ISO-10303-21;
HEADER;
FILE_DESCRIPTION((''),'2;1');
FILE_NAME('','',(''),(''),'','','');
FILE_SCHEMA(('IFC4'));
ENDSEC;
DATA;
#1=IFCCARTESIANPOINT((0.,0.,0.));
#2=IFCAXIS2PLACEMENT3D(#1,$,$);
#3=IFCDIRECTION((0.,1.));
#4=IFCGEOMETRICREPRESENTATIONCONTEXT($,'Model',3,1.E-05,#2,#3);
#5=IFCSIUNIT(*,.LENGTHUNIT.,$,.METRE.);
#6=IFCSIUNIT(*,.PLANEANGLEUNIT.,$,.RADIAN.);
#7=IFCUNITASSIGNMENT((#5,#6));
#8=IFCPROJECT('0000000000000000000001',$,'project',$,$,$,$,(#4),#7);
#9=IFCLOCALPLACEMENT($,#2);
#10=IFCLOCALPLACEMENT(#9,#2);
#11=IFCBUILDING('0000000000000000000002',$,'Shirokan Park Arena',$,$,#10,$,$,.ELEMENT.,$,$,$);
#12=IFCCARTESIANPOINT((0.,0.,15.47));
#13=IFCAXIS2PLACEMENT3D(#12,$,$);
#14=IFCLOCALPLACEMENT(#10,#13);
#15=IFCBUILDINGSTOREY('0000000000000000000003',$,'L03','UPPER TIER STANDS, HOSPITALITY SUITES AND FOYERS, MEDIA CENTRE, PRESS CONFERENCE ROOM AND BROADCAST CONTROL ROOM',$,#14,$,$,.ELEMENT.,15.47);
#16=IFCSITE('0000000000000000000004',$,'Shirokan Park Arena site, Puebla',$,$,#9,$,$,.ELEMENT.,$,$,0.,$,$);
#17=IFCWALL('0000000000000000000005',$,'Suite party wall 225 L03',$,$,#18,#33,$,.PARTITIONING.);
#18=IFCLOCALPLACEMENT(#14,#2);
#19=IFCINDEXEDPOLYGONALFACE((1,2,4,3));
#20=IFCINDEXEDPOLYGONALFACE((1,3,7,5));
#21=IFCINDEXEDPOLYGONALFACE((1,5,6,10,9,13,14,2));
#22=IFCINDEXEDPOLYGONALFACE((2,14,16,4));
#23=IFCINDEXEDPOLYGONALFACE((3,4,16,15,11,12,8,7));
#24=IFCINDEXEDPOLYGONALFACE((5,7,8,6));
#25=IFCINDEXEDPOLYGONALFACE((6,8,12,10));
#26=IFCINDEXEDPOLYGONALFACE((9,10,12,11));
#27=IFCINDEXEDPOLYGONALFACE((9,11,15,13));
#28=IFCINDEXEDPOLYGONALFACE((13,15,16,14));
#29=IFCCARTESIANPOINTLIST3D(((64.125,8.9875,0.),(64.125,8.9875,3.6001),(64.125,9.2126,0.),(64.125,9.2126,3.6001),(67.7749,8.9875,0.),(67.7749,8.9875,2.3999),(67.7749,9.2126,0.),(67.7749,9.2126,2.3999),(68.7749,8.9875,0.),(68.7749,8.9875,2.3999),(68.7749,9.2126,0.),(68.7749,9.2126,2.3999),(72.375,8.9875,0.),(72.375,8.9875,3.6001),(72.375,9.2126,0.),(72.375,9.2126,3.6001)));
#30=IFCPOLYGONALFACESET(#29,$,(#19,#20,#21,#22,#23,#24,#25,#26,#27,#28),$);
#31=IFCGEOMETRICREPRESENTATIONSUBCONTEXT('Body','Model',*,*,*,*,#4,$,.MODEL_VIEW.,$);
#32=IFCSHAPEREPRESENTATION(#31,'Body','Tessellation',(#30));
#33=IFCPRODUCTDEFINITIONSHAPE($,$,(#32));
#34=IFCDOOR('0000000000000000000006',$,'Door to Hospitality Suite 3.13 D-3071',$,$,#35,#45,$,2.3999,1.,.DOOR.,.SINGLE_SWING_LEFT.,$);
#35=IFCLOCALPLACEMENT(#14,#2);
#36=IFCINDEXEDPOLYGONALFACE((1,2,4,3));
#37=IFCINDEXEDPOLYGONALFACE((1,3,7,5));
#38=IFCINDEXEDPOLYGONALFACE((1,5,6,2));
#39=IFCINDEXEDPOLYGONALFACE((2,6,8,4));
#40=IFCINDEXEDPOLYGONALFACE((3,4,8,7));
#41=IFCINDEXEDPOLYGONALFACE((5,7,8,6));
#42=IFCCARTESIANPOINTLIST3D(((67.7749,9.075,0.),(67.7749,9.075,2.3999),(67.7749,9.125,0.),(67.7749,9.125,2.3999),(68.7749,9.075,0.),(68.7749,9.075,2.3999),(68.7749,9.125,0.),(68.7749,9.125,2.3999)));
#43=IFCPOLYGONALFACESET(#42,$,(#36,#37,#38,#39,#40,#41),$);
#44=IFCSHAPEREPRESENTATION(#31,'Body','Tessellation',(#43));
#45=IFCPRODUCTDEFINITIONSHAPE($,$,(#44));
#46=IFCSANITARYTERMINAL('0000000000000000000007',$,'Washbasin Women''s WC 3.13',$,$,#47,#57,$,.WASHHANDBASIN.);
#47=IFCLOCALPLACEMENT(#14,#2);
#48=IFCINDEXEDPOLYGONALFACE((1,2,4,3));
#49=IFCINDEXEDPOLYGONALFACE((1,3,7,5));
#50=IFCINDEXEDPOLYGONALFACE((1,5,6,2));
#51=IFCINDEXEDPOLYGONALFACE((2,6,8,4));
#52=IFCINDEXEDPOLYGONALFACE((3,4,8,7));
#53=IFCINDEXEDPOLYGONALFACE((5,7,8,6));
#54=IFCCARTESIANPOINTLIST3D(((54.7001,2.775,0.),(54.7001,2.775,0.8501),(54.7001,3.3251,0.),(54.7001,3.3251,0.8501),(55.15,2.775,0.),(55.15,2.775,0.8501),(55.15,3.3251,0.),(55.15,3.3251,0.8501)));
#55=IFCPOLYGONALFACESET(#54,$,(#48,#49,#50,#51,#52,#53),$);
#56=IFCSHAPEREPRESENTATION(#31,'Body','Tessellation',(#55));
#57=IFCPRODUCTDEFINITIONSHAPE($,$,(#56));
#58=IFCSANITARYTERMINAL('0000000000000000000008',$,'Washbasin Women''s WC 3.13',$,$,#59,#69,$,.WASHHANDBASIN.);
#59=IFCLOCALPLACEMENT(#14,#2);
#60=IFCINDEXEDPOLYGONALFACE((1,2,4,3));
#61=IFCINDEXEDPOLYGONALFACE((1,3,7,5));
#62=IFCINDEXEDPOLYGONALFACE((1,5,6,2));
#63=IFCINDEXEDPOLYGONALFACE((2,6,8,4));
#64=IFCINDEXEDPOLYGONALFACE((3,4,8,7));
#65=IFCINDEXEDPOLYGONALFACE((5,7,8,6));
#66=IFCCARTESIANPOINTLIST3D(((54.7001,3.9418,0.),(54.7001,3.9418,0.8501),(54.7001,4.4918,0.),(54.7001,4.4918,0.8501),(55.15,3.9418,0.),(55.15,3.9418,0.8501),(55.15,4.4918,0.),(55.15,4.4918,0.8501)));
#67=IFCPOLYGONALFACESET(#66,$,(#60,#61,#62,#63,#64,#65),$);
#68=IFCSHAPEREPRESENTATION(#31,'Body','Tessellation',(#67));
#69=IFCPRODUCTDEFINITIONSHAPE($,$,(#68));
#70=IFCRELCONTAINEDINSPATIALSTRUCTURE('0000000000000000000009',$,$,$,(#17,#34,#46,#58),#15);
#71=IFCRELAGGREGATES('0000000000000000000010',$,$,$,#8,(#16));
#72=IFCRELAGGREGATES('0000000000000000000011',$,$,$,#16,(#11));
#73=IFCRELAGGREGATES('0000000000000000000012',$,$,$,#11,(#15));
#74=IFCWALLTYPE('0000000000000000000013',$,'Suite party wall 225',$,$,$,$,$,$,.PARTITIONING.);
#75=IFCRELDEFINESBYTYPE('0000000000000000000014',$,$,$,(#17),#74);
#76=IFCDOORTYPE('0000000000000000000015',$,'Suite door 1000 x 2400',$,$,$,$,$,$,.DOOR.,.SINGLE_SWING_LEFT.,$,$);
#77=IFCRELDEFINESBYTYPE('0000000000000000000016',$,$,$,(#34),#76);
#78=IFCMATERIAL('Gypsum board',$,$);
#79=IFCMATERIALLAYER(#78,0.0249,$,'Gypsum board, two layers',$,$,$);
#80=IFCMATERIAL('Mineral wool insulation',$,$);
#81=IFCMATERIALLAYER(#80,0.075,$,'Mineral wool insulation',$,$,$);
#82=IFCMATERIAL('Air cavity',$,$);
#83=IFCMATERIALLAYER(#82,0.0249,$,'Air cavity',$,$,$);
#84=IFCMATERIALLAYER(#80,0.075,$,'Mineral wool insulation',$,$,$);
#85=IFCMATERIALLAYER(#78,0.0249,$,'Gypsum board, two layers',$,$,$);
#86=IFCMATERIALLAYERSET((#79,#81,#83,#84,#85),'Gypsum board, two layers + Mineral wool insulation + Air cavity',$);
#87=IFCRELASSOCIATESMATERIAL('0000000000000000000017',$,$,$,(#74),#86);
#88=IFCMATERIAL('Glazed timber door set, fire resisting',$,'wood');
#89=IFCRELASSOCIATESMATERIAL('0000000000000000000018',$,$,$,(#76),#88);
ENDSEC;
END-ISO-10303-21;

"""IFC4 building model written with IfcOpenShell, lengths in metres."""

from ifc_helpers import new_model, si_unit, direction, frame, frame_2d, origin, origin_2d, place, context, subcontext, project, spatial, rectangle, extrude, material, layer, layer_set, type_object, element, fill, save


model = new_model("IFC4")

# Units and contexts
model_context = context("Model", 3, precision=1e-05, world=origin(), true_north=direction((0.0, 1.0)))
body_context = subcontext(model_context, "Body", "Model", "MODEL_VIEW")
ifc_project = project(units=[si_unit("LENGTHUNIT", "METRE"), si_unit("PLANEANGLEUNIT", "RADIAN")], contexts=[model_context])

# Site, building, storey
site_placement = place(None, origin())
site = spatial("IfcSite", under=ifc_project, at=site_placement, Name="Shirokan Park Arena site, Puebla", CompositionType="ELEMENT", RefElevation=0.0)
building_placement = place(site_placement, origin())
building = spatial("IfcBuilding", under=site, at=building_placement, Name="Shirokan Park Arena", CompositionType="ELEMENT")
storey_placement = place(building_placement, frame((0.0, 0.0, 15.47)))
storey = spatial("IfcBuildingStorey", under=building, at=storey_placement, Name="L03", Description="UPPER TIER STANDS, HOSPITALITY SUITES AND FOYERS, MEDIA CENTRE, PRESS CONFERENCE ROOM AND BROADCAST CONTROL ROOM", CompositionType="ELEMENT", Elevation=15.47)

# Shared definitions
ifc_material_1 = material(Name="Mineral wool insulation")
ifc_material_2 = material(Name="Gypsum board")

# Shared definitions
ifc_layer_1 = layer(ifc_material_2, 0.0249, Name="Gypsum board, two layers")
ifc_layer_2 = layer(ifc_material_1, 0.075, Name="Mineral wool insulation")
ifc_material_3 = material(Name="Air cavity")
ifc_layer_3 = layer(ifc_material_3, 0.0249, Name="Air cavity")
ifc_layer_4 = layer(ifc_material_1, 0.075, Name="Mineral wool insulation")
ifc_layer_5 = layer(ifc_material_2, 0.0249, Name="Gypsum board, two layers")
ifc_layer_set_1 = layer_set([ifc_layer_1, ifc_layer_2, ifc_layer_3, ifc_layer_4, ifc_layer_5], Name="Gypsum board, two layers + Mineral wool insulation + Air cavity")
wall_type_1 = type_object("IfcWallType", Name="Suite party wall 225", PredefinedType="PARTITIONING", material=ifc_layer_set_1)

# Shared definitions
ifc_material_4 = material(Name="Glazed timber door set, fire resisting", Category="wood")
door_type = type_object("IfcDoorType", Name="Suite door 1000 x 2400", OperationType="SINGLE_SWING_LEFT", PredefinedType="DOOR", material=ifc_material_4)

# Wall, opening, door
wall_1_placement = place(storey_placement, frame((64.125, 9.1001, 0.0), z_axis=(0.0, 0.0, 1.0), x_axis=(1.0, 0.0, 0.0)))
wall_1 = element("IfcWall", 1, at=wall_1_placement, inside=storey, type_object=wall_type_1, Name="Suite party wall 225 L03", PredefinedType="PARTITIONING", context=body_context, shape_type="SweptSolid", body=[
    extrude(rectangle(XDim=8.25, YDim=0.2251, at=frame_2d((4.125, 0.0))), origin(), (0.0, 0.0, 1.0), 3.6001),
])
opening_1_placement = place(wall_1_placement, frame((3.6499, 0.0, 0.0)))
opening_1 = element("IfcOpeningElement", 2, at=opening_1_placement, cuts=wall_1, PredefinedType="OPENING", context=body_context, shape_type="SweptSolid", body=[
    extrude(rectangle(XDim=1.0, YDim=2.3999, at=frame_2d((0.5, 1.2))), frame((0.0, 0.1226, 0.0), z_axis=(0.0, -1.0, 0.0), x_axis=(1.0, 0.0, 0.0)), (0.0, 0.0, 1.0), 0.2451),
])
door_1_placement = place(opening_1_placement, origin())
door_1 = element("IfcDoor", 3, at=door_1_placement, inside=storey, type_object=door_type, Name="Door to Hospitality Suite 3.13 D-3071", OperationType="SINGLE_SWING_LEFT", OverallHeight=2.3999, OverallWidth=1.0, PredefinedType="DOOR", context=body_context, shape_type="SweptSolid", body=[
    extrude(rectangle(XDim=1.0, YDim=2.3999, at=frame_2d((0.5, 1.2))), frame((0.0, 0.0249, 0.0), z_axis=(0.0, -1.0, 0.0), x_axis=(1.0, 0.0, 0.0)), (0.0, 0.0, 1.0), 0.05),
])
fill(opening_1, door_1)

# Sanitary terminals
for number, where, z_axis, x_axis, name in (
    (4, (54.925, 3.05, 0.0), (0.0, 0.0, 1.0), (1.0, 0.0, 0.0), "Washbasin Women's WC 3.13"),
    (5, (54.925, 4.2168, 0.0), (0.0, 0.0, 1.0), (1.0, 0.0, 0.0), "Washbasin Women's WC 3.13"),
):
    element("IfcSanitaryTerminal", number, at=place(storey_placement, frame(where, z_axis=z_axis, x_axis=x_axis)), inside=storey, Name=name, PredefinedType="WASHHANDBASIN", context=body_context, shape_type="SweptSolid", body=[
        extrude(rectangle(XDim=0.45, YDim=0.55, at=origin_2d()), origin(), (0.0, 0.0, 1.0), 0.8501),
    ])

save(model, "model.ifc")
